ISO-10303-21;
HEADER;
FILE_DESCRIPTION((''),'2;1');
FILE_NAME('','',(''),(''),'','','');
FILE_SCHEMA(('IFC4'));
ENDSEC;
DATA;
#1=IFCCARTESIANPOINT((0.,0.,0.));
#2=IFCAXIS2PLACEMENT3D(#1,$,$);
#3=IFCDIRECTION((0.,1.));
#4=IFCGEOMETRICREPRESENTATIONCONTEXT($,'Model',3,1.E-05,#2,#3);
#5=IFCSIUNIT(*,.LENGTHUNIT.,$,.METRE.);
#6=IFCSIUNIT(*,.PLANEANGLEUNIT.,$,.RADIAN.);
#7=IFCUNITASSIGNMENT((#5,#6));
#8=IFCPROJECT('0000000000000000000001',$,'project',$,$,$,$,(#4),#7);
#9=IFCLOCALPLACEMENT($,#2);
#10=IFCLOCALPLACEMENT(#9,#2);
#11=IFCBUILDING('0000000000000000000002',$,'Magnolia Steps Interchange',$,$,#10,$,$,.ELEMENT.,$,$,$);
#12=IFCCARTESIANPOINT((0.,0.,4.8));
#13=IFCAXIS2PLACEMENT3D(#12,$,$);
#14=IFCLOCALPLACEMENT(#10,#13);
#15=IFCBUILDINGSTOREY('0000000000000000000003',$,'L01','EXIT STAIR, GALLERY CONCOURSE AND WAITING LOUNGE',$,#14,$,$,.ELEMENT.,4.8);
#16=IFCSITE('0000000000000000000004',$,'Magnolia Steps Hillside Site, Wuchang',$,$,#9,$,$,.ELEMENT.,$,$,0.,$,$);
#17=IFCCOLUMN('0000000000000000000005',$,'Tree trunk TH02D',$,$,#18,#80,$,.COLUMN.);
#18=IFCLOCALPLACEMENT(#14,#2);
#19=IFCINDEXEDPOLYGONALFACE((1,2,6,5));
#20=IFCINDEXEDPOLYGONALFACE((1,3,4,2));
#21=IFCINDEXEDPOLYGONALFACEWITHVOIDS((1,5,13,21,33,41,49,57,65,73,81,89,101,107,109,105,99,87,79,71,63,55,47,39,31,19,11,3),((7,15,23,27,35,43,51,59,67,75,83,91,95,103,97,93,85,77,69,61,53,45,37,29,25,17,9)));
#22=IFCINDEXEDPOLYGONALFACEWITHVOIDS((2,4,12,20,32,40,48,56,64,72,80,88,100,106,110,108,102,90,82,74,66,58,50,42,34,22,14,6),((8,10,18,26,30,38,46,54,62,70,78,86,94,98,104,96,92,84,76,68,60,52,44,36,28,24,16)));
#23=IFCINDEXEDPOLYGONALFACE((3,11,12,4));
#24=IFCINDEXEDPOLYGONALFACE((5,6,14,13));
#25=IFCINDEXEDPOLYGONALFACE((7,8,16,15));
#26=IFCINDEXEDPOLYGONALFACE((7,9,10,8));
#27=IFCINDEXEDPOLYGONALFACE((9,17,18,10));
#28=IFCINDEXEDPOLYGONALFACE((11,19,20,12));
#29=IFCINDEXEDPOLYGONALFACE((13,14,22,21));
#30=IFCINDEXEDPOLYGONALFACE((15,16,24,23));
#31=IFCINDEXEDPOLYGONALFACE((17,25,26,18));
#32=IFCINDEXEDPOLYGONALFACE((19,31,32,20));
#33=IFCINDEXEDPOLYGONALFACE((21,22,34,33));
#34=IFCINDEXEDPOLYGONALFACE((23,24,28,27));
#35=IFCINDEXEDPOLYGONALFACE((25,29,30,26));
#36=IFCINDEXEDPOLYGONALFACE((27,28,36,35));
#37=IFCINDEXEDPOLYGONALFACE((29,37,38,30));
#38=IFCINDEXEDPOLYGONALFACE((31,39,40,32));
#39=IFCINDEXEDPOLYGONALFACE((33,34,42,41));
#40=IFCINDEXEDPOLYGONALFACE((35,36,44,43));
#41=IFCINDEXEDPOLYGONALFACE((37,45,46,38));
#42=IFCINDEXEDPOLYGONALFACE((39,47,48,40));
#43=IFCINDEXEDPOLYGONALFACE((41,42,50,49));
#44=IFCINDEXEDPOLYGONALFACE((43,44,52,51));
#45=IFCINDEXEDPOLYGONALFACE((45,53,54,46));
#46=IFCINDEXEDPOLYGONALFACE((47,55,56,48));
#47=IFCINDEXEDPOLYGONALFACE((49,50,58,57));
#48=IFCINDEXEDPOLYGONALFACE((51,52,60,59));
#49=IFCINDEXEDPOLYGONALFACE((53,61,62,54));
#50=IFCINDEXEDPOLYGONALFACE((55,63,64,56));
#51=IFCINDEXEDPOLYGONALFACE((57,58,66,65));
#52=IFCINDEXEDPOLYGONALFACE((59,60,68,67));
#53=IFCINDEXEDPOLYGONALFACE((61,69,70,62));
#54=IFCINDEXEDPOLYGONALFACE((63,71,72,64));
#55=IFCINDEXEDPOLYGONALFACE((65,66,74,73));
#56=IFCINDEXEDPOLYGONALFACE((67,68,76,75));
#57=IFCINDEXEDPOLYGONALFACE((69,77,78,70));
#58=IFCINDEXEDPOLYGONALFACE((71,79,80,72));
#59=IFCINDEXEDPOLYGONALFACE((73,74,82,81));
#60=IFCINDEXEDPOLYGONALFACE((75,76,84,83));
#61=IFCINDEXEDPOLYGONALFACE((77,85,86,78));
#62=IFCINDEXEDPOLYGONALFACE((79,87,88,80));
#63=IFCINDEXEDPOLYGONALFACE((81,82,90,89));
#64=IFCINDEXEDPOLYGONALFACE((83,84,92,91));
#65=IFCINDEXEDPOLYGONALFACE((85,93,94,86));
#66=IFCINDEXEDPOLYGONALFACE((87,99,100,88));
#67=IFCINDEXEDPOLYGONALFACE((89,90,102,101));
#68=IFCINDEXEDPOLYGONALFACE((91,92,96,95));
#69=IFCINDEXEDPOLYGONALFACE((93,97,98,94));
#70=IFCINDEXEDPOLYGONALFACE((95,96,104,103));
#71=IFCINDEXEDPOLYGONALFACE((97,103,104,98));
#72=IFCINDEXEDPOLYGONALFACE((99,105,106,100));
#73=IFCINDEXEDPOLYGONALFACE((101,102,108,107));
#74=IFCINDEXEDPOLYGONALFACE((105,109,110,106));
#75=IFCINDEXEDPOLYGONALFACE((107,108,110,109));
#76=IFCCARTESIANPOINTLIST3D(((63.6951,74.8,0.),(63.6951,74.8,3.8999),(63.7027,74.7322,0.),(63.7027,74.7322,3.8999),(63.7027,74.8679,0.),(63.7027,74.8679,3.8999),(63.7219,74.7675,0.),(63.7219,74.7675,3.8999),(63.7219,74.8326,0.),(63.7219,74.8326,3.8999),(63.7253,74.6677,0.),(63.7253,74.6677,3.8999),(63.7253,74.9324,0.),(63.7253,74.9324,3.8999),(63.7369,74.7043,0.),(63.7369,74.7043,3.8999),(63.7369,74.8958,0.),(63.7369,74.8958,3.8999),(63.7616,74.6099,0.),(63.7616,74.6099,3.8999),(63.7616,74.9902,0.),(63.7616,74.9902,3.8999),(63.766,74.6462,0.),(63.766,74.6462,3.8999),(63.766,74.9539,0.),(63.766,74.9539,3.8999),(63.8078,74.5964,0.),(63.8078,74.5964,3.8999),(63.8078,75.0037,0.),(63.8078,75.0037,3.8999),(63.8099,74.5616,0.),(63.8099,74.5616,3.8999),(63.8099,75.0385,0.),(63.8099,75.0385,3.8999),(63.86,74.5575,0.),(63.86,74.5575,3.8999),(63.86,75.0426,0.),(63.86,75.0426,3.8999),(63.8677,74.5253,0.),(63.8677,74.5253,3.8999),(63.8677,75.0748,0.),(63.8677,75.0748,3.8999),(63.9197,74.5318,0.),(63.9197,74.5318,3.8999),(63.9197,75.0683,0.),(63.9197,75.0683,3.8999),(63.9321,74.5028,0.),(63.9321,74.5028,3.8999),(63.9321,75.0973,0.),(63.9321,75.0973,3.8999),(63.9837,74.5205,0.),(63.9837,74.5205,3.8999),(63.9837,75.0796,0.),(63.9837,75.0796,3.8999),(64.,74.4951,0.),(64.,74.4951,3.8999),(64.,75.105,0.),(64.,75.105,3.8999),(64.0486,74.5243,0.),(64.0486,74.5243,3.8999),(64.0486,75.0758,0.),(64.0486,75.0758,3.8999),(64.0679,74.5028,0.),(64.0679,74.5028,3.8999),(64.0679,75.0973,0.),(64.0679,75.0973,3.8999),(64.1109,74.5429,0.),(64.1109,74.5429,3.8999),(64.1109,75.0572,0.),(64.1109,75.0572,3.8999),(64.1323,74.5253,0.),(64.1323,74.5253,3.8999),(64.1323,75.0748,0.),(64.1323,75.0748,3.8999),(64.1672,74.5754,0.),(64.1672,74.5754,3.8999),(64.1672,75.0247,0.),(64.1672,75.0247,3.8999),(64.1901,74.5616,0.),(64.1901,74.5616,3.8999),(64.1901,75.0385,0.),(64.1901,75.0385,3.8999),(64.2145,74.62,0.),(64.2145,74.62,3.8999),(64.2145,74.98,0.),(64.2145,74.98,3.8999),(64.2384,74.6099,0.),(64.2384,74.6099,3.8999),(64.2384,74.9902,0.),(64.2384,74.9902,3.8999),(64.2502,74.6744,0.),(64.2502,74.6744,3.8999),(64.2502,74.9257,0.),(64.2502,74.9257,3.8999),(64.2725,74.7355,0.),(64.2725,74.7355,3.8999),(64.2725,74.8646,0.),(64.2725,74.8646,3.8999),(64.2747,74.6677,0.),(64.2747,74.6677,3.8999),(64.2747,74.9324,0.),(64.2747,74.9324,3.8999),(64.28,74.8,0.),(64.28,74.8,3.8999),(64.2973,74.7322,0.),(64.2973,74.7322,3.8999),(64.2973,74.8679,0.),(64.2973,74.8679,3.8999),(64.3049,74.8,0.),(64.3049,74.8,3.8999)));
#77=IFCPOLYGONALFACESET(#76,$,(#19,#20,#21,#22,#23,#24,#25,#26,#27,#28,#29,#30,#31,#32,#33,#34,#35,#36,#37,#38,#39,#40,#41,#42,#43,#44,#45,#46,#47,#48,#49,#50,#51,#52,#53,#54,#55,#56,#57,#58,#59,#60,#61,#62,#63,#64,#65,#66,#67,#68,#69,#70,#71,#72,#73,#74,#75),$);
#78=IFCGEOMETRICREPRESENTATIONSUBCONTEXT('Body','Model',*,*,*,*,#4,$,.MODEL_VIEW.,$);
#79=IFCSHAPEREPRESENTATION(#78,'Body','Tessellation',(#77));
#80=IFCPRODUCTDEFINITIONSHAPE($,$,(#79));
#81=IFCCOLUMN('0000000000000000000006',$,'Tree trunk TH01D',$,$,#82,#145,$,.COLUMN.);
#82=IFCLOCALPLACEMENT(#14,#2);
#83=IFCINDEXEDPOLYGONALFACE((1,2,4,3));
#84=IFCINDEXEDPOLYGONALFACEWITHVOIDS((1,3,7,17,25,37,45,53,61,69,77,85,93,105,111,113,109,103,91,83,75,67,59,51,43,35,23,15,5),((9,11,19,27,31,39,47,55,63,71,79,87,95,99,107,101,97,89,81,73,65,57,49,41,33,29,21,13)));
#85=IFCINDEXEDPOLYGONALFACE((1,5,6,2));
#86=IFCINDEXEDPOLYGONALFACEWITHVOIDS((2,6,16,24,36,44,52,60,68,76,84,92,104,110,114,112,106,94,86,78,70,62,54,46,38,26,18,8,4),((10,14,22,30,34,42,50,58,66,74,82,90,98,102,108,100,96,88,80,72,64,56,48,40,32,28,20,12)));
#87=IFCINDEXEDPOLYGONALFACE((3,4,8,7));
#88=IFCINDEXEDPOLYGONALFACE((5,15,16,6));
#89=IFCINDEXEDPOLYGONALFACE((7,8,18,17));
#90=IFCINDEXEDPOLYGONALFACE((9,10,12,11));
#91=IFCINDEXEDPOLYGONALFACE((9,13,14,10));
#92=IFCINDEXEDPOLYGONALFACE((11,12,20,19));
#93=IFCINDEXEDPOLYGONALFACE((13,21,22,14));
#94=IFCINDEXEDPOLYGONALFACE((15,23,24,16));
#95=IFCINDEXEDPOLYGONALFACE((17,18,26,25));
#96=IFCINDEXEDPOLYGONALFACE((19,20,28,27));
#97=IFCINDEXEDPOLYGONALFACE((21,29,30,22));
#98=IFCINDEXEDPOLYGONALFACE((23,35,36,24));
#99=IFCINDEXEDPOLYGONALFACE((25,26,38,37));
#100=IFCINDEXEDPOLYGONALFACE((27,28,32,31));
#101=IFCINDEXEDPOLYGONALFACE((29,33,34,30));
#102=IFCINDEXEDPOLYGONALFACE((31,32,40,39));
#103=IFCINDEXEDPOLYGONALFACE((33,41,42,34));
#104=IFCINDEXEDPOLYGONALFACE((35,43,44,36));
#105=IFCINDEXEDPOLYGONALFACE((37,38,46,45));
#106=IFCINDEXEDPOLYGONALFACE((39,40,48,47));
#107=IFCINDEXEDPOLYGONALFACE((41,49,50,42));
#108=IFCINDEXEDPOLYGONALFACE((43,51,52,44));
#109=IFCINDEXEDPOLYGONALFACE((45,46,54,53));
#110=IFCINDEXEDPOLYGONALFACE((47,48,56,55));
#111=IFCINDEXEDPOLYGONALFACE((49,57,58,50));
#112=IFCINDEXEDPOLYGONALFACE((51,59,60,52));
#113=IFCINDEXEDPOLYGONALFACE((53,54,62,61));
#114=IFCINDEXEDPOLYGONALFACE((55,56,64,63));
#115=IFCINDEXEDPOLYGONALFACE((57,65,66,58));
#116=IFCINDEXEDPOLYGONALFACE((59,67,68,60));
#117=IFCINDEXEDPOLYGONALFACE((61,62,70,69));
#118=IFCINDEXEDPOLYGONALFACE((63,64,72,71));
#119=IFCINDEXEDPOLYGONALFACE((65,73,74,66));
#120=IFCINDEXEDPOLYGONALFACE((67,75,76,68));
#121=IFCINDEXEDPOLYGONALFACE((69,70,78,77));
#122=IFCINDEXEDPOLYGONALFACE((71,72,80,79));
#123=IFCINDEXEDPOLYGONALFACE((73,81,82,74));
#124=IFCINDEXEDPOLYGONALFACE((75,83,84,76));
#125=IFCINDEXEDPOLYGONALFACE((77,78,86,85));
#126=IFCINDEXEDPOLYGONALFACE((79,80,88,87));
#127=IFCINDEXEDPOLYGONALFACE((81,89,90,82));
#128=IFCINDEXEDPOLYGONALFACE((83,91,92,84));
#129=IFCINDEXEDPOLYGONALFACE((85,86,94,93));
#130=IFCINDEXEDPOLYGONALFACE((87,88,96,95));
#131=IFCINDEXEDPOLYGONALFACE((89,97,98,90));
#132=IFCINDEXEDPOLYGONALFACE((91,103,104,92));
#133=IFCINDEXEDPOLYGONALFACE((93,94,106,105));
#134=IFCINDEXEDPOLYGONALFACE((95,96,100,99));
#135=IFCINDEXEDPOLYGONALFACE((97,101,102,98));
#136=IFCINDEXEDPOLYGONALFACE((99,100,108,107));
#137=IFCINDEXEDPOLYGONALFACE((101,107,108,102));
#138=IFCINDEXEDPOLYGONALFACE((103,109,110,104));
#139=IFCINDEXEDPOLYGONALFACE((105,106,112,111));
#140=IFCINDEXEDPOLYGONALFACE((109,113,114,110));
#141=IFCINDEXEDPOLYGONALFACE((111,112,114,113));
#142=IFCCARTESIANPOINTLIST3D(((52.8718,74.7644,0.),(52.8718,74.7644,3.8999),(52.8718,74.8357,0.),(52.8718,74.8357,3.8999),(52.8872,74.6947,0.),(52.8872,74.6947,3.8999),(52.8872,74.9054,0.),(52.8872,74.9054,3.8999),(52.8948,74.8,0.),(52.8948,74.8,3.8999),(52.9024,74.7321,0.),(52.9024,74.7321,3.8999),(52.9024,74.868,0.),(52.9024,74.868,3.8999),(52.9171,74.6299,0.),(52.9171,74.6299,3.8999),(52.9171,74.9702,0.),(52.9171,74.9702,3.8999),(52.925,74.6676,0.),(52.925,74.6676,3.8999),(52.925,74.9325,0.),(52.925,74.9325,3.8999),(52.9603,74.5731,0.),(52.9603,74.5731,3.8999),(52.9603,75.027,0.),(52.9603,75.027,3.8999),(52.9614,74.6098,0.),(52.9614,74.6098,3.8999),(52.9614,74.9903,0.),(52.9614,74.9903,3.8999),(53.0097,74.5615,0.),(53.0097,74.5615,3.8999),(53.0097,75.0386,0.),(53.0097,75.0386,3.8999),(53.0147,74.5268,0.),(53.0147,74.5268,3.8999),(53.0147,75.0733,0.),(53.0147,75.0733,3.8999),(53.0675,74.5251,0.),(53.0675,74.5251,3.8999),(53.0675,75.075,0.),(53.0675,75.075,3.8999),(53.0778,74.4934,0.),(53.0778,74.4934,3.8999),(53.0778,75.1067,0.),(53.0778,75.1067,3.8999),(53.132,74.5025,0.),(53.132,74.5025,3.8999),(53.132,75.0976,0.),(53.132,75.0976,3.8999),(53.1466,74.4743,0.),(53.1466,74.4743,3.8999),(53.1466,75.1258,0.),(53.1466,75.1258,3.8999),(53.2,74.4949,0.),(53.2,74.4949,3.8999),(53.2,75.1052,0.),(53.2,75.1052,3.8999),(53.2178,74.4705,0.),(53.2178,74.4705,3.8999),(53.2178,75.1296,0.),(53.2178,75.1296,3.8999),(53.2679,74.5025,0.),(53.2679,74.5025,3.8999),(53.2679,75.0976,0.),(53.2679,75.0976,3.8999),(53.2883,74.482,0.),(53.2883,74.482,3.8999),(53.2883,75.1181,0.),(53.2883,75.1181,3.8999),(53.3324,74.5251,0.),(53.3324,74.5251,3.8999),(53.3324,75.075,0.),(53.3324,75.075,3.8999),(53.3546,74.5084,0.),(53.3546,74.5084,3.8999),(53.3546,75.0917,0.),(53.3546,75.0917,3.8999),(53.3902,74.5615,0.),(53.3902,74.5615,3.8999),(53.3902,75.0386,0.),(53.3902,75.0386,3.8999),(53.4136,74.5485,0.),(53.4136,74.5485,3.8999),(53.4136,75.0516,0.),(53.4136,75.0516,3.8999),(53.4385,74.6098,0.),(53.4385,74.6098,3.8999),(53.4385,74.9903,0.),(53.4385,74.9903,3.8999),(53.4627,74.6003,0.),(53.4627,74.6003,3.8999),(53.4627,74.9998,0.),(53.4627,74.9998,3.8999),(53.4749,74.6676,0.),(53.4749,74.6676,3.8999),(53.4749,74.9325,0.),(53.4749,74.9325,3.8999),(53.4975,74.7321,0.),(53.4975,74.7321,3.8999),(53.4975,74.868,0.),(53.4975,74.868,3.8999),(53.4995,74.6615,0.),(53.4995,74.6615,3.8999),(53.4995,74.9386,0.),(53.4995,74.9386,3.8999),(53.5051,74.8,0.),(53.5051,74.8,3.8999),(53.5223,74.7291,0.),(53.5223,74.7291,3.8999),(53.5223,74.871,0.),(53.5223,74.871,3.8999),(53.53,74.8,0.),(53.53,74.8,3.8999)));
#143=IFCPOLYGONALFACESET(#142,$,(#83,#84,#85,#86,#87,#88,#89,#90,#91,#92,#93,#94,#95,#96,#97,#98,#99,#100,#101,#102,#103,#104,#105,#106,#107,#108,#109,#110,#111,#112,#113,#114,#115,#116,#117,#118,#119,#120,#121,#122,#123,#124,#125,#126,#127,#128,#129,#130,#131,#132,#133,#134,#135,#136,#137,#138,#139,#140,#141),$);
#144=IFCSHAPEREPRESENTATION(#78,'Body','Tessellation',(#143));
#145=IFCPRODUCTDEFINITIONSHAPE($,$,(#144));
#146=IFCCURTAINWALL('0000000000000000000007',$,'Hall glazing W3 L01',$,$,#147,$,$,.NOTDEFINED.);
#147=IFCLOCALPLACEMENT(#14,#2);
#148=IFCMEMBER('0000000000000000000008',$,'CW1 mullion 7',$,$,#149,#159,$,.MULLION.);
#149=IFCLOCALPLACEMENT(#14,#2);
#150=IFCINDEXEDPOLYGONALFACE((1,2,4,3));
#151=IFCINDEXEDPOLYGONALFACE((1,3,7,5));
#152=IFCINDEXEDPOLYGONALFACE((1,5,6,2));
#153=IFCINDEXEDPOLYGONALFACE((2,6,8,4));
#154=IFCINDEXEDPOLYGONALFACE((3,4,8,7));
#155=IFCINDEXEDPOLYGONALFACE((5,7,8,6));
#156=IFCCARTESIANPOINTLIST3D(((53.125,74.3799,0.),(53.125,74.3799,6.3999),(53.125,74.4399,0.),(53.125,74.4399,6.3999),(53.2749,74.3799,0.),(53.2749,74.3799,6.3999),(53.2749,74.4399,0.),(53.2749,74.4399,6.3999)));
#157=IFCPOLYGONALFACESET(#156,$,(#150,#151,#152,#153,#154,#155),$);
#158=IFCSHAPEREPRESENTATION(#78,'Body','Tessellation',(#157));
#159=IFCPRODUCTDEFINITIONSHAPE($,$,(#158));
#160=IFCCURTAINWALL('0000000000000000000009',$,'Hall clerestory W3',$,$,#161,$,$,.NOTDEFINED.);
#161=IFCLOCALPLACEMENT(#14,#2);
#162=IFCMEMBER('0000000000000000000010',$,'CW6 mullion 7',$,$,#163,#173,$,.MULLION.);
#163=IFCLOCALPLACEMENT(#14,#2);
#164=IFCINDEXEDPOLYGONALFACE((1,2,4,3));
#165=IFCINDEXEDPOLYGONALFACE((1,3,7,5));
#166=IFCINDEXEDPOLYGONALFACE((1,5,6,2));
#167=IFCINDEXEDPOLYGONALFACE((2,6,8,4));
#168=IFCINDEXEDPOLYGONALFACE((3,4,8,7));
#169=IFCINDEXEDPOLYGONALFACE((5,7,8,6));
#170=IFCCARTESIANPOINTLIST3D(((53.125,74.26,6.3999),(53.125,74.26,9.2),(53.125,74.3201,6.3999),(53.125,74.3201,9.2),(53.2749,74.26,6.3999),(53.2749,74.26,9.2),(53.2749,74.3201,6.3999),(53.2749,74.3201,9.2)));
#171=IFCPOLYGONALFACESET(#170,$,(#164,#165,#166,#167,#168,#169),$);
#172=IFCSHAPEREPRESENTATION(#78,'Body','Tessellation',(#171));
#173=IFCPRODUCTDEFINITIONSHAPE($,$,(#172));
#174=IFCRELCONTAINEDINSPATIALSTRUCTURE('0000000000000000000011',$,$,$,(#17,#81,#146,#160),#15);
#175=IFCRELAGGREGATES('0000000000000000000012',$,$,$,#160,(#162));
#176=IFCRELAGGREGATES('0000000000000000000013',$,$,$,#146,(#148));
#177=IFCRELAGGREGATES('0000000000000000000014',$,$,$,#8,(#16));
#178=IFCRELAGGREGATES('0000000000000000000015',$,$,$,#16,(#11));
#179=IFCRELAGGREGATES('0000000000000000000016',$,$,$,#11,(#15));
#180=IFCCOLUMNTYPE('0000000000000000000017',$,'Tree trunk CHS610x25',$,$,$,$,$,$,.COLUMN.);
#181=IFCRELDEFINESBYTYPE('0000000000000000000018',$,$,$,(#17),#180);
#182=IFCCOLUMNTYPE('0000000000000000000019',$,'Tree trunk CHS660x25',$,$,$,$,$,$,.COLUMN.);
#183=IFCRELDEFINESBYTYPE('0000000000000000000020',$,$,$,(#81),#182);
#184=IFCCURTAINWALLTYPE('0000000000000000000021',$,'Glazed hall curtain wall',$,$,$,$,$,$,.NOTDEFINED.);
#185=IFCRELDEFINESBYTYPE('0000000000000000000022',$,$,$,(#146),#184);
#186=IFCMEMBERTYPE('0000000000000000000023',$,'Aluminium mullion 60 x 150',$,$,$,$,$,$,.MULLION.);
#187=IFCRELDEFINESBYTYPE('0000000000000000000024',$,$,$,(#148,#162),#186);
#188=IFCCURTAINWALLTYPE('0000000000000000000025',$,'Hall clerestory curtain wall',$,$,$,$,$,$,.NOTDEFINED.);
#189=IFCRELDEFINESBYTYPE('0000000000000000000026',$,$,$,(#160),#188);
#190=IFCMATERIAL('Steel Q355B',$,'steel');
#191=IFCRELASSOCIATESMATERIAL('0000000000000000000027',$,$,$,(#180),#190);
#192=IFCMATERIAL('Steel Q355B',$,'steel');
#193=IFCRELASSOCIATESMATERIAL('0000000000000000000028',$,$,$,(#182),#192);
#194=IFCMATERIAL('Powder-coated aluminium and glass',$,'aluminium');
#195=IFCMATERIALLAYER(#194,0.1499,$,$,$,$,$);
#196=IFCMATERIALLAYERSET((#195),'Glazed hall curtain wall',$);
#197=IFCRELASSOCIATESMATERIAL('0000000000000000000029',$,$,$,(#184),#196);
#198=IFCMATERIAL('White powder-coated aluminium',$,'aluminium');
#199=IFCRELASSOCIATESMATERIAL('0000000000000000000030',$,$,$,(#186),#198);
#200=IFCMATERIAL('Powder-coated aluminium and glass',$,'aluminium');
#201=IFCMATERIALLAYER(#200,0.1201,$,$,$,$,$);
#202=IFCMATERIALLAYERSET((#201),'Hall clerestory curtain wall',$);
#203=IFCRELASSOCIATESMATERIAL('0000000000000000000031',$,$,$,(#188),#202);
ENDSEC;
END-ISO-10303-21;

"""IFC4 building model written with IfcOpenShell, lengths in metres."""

from ifc_helpers import new_model, si_unit, direction, frame, origin, origin_2d, place, context, subcontext, project, spatial, rectangle, hollow_circle, extrude, material, layer, layer_set, material_profile, profile_set, type_object, element, aggregate, save


model = new_model("IFC4")

# Units and contexts
model_context = context("Model", 3, precision=1e-05, world=origin(), true_north=direction((0.0, 1.0)))
body_context = subcontext(model_context, "Body", "Model", "MODEL_VIEW")
ifc_project = project(units=[si_unit("LENGTHUNIT", "METRE"), si_unit("PLANEANGLEUNIT", "RADIAN")], contexts=[model_context])

# Site, building, storey
site_placement = place(None, origin())
site = spatial("IfcSite", under=ifc_project, at=site_placement, Name="Magnolia Steps Hillside Site, Wuchang", CompositionType="ELEMENT", RefElevation=0.0)
building_placement = place(site_placement, origin())
building = spatial("IfcBuilding", under=site, at=building_placement, Name="Magnolia Steps Interchange", CompositionType="ELEMENT")
storey_placement = place(building_placement, frame((0.0, 0.0, 4.8)))
storey = spatial("IfcBuildingStorey", under=building, at=storey_placement, Name="L01", Description="EXIT STAIR, GALLERY CONCOURSE AND WAITING LOUNGE", CompositionType="ELEMENT", Elevation=4.8)

# Columns
ifc_material_1 = material(Name="Steel Q355B", Category="steel")
ifc_material_profile_1 = material_profile(ifc_material_1, hollow_circle(Radius=0.3049, WallThickness=0.0249, at=origin_2d()), Name="CHS610x25")
ifc_profile_set_1 = profile_set([ifc_material_profile_1], Name="Steel Q355B")
column_type_1 = type_object("IfcColumnType", Name="Tree trunk CHS610x25", PredefinedType="COLUMN", material=ifc_profile_set_1)
column_1_placement = place(storey_placement, frame((64.0, 74.8, 0.0), z_axis=(0.0, 0.0, 1.0), x_axis=(1.0, 0.0, 0.0)))
element("IfcColumn", 1, at=column_1_placement, inside=storey, type_object=column_type_1, Name="Tree trunk TH02D", PredefinedType="COLUMN", context=body_context, shape_type="SweptSolid", body=[
    extrude(hollow_circle(Radius=0.3049, WallThickness=0.0249, at=origin_2d()), origin(), (0.0, 0.0, 1.0), 3.8999),
])
ifc_material_2 = material(Name="Steel Q355B", Category="steel")
ifc_material_profile_2 = material_profile(ifc_material_2, hollow_circle(Radius=0.3301, WallThickness=0.0249, at=origin_2d()), Name="CHS660x25")
ifc_profile_set_2 = profile_set([ifc_material_profile_2], Name="Steel Q355B")
column_type_2 = type_object("IfcColumnType", Name="Tree trunk CHS660x25", PredefinedType="COLUMN", material=ifc_profile_set_2)
column_2_placement = place(storey_placement, frame((53.2, 74.8, 0.0), z_axis=(0.0, 0.0, 1.0), x_axis=(1.0, 0.0, 0.0)))
element("IfcColumn", 2, at=column_2_placement, inside=storey, type_object=column_type_2, Name="Tree trunk TH01D", PredefinedType="COLUMN", context=body_context, shape_type="SweptSolid", body=[
    extrude(hollow_circle(Radius=0.3301, WallThickness=0.0249, at=origin_2d()), origin(), (0.0, 0.0, 1.0), 3.8999),
])

# Curtain walls, members
ifc_material_3 = material(Name="Powder-coated aluminium and glass", Category="aluminium")
ifc_layer_1 = layer(ifc_material_3, 0.1499)
ifc_layer_set_1 = layer_set([ifc_layer_1], Name="Glazed hall curtain wall")
curtain_wall_type_1 = type_object("IfcCurtainWallType", Name="Glazed hall curtain wall", PredefinedType="NOTDEFINED", material=ifc_layer_set_1)
curtain_wall_1_placement = place(storey_placement, origin())
curtain_wall_1 = element("IfcCurtainWall", 3, at=curtain_wall_1_placement, inside=storey, type_object=curtain_wall_type_1, Name="Hall glazing W3 L01", PredefinedType="NOTDEFINED")
ifc_material_4 = material(Name="White powder-coated aluminium", Category="aluminium")
ifc_material_profile_3 = material_profile(ifc_material_4, rectangle(XDim=0.0601, YDim=0.1499, at=origin_2d()), Name="Aluminium mullion 60 x 150")
ifc_profile_set_3 = profile_set([ifc_material_profile_3], Name="White powder-coated aluminium")
member_type = type_object("IfcMemberType", Name="Aluminium mullion 60 x 150", PredefinedType="MULLION", material=ifc_profile_set_3)
member_1_placement = place(storey_placement, frame((53.2, 74.4099, 0.0), z_axis=(0.0, 0.0, 1.0), x_axis=(0.0, 1.0, 0.0)))
member_1 = element("IfcMember", 4, at=member_1_placement, type_object=member_type, Name="CW1 mullion 7", PredefinedType="MULLION", context=body_context, shape_type="SweptSolid", body=[
    extrude(rectangle(XDim=0.0601, YDim=0.1499, at=origin_2d()), origin(), (0.0, 0.0, 1.0), 6.3999),
])
ifc_material_5 = material(Name="Powder-coated aluminium and glass", Category="aluminium")
ifc_layer_2 = layer(ifc_material_5, 0.1201)
ifc_layer_set_2 = layer_set([ifc_layer_2], Name="Hall clerestory curtain wall")
curtain_wall_type_2 = type_object("IfcCurtainWallType", Name="Hall clerestory curtain wall", PredefinedType="NOTDEFINED", material=ifc_layer_set_2)
curtain_wall_2_placement = place(storey_placement, origin())
curtain_wall_2 = element("IfcCurtainWall", 5, at=curtain_wall_2_placement, inside=storey, type_object=curtain_wall_type_2, Name="Hall clerestory W3", PredefinedType="NOTDEFINED")
member_2_placement = place(storey_placement, frame((53.2, 74.29, 6.3999), z_axis=(0.0, 0.0, 1.0), x_axis=(0.0, 1.0, 0.0)))
member_2 = element("IfcMember", 6, at=member_2_placement, type_object=member_type, Name="CW6 mullion 7", PredefinedType="MULLION", context=body_context, shape_type="SweptSolid", body=[
    extrude(rectangle(XDim=0.0601, YDim=0.1499, at=origin_2d()), origin(), (0.0, 0.0, 1.0), 2.8),
])
aggregate(curtain_wall_2, [member_2])

aggregate(curtain_wall_1, [member_1])

save(model, "model.ifc")
